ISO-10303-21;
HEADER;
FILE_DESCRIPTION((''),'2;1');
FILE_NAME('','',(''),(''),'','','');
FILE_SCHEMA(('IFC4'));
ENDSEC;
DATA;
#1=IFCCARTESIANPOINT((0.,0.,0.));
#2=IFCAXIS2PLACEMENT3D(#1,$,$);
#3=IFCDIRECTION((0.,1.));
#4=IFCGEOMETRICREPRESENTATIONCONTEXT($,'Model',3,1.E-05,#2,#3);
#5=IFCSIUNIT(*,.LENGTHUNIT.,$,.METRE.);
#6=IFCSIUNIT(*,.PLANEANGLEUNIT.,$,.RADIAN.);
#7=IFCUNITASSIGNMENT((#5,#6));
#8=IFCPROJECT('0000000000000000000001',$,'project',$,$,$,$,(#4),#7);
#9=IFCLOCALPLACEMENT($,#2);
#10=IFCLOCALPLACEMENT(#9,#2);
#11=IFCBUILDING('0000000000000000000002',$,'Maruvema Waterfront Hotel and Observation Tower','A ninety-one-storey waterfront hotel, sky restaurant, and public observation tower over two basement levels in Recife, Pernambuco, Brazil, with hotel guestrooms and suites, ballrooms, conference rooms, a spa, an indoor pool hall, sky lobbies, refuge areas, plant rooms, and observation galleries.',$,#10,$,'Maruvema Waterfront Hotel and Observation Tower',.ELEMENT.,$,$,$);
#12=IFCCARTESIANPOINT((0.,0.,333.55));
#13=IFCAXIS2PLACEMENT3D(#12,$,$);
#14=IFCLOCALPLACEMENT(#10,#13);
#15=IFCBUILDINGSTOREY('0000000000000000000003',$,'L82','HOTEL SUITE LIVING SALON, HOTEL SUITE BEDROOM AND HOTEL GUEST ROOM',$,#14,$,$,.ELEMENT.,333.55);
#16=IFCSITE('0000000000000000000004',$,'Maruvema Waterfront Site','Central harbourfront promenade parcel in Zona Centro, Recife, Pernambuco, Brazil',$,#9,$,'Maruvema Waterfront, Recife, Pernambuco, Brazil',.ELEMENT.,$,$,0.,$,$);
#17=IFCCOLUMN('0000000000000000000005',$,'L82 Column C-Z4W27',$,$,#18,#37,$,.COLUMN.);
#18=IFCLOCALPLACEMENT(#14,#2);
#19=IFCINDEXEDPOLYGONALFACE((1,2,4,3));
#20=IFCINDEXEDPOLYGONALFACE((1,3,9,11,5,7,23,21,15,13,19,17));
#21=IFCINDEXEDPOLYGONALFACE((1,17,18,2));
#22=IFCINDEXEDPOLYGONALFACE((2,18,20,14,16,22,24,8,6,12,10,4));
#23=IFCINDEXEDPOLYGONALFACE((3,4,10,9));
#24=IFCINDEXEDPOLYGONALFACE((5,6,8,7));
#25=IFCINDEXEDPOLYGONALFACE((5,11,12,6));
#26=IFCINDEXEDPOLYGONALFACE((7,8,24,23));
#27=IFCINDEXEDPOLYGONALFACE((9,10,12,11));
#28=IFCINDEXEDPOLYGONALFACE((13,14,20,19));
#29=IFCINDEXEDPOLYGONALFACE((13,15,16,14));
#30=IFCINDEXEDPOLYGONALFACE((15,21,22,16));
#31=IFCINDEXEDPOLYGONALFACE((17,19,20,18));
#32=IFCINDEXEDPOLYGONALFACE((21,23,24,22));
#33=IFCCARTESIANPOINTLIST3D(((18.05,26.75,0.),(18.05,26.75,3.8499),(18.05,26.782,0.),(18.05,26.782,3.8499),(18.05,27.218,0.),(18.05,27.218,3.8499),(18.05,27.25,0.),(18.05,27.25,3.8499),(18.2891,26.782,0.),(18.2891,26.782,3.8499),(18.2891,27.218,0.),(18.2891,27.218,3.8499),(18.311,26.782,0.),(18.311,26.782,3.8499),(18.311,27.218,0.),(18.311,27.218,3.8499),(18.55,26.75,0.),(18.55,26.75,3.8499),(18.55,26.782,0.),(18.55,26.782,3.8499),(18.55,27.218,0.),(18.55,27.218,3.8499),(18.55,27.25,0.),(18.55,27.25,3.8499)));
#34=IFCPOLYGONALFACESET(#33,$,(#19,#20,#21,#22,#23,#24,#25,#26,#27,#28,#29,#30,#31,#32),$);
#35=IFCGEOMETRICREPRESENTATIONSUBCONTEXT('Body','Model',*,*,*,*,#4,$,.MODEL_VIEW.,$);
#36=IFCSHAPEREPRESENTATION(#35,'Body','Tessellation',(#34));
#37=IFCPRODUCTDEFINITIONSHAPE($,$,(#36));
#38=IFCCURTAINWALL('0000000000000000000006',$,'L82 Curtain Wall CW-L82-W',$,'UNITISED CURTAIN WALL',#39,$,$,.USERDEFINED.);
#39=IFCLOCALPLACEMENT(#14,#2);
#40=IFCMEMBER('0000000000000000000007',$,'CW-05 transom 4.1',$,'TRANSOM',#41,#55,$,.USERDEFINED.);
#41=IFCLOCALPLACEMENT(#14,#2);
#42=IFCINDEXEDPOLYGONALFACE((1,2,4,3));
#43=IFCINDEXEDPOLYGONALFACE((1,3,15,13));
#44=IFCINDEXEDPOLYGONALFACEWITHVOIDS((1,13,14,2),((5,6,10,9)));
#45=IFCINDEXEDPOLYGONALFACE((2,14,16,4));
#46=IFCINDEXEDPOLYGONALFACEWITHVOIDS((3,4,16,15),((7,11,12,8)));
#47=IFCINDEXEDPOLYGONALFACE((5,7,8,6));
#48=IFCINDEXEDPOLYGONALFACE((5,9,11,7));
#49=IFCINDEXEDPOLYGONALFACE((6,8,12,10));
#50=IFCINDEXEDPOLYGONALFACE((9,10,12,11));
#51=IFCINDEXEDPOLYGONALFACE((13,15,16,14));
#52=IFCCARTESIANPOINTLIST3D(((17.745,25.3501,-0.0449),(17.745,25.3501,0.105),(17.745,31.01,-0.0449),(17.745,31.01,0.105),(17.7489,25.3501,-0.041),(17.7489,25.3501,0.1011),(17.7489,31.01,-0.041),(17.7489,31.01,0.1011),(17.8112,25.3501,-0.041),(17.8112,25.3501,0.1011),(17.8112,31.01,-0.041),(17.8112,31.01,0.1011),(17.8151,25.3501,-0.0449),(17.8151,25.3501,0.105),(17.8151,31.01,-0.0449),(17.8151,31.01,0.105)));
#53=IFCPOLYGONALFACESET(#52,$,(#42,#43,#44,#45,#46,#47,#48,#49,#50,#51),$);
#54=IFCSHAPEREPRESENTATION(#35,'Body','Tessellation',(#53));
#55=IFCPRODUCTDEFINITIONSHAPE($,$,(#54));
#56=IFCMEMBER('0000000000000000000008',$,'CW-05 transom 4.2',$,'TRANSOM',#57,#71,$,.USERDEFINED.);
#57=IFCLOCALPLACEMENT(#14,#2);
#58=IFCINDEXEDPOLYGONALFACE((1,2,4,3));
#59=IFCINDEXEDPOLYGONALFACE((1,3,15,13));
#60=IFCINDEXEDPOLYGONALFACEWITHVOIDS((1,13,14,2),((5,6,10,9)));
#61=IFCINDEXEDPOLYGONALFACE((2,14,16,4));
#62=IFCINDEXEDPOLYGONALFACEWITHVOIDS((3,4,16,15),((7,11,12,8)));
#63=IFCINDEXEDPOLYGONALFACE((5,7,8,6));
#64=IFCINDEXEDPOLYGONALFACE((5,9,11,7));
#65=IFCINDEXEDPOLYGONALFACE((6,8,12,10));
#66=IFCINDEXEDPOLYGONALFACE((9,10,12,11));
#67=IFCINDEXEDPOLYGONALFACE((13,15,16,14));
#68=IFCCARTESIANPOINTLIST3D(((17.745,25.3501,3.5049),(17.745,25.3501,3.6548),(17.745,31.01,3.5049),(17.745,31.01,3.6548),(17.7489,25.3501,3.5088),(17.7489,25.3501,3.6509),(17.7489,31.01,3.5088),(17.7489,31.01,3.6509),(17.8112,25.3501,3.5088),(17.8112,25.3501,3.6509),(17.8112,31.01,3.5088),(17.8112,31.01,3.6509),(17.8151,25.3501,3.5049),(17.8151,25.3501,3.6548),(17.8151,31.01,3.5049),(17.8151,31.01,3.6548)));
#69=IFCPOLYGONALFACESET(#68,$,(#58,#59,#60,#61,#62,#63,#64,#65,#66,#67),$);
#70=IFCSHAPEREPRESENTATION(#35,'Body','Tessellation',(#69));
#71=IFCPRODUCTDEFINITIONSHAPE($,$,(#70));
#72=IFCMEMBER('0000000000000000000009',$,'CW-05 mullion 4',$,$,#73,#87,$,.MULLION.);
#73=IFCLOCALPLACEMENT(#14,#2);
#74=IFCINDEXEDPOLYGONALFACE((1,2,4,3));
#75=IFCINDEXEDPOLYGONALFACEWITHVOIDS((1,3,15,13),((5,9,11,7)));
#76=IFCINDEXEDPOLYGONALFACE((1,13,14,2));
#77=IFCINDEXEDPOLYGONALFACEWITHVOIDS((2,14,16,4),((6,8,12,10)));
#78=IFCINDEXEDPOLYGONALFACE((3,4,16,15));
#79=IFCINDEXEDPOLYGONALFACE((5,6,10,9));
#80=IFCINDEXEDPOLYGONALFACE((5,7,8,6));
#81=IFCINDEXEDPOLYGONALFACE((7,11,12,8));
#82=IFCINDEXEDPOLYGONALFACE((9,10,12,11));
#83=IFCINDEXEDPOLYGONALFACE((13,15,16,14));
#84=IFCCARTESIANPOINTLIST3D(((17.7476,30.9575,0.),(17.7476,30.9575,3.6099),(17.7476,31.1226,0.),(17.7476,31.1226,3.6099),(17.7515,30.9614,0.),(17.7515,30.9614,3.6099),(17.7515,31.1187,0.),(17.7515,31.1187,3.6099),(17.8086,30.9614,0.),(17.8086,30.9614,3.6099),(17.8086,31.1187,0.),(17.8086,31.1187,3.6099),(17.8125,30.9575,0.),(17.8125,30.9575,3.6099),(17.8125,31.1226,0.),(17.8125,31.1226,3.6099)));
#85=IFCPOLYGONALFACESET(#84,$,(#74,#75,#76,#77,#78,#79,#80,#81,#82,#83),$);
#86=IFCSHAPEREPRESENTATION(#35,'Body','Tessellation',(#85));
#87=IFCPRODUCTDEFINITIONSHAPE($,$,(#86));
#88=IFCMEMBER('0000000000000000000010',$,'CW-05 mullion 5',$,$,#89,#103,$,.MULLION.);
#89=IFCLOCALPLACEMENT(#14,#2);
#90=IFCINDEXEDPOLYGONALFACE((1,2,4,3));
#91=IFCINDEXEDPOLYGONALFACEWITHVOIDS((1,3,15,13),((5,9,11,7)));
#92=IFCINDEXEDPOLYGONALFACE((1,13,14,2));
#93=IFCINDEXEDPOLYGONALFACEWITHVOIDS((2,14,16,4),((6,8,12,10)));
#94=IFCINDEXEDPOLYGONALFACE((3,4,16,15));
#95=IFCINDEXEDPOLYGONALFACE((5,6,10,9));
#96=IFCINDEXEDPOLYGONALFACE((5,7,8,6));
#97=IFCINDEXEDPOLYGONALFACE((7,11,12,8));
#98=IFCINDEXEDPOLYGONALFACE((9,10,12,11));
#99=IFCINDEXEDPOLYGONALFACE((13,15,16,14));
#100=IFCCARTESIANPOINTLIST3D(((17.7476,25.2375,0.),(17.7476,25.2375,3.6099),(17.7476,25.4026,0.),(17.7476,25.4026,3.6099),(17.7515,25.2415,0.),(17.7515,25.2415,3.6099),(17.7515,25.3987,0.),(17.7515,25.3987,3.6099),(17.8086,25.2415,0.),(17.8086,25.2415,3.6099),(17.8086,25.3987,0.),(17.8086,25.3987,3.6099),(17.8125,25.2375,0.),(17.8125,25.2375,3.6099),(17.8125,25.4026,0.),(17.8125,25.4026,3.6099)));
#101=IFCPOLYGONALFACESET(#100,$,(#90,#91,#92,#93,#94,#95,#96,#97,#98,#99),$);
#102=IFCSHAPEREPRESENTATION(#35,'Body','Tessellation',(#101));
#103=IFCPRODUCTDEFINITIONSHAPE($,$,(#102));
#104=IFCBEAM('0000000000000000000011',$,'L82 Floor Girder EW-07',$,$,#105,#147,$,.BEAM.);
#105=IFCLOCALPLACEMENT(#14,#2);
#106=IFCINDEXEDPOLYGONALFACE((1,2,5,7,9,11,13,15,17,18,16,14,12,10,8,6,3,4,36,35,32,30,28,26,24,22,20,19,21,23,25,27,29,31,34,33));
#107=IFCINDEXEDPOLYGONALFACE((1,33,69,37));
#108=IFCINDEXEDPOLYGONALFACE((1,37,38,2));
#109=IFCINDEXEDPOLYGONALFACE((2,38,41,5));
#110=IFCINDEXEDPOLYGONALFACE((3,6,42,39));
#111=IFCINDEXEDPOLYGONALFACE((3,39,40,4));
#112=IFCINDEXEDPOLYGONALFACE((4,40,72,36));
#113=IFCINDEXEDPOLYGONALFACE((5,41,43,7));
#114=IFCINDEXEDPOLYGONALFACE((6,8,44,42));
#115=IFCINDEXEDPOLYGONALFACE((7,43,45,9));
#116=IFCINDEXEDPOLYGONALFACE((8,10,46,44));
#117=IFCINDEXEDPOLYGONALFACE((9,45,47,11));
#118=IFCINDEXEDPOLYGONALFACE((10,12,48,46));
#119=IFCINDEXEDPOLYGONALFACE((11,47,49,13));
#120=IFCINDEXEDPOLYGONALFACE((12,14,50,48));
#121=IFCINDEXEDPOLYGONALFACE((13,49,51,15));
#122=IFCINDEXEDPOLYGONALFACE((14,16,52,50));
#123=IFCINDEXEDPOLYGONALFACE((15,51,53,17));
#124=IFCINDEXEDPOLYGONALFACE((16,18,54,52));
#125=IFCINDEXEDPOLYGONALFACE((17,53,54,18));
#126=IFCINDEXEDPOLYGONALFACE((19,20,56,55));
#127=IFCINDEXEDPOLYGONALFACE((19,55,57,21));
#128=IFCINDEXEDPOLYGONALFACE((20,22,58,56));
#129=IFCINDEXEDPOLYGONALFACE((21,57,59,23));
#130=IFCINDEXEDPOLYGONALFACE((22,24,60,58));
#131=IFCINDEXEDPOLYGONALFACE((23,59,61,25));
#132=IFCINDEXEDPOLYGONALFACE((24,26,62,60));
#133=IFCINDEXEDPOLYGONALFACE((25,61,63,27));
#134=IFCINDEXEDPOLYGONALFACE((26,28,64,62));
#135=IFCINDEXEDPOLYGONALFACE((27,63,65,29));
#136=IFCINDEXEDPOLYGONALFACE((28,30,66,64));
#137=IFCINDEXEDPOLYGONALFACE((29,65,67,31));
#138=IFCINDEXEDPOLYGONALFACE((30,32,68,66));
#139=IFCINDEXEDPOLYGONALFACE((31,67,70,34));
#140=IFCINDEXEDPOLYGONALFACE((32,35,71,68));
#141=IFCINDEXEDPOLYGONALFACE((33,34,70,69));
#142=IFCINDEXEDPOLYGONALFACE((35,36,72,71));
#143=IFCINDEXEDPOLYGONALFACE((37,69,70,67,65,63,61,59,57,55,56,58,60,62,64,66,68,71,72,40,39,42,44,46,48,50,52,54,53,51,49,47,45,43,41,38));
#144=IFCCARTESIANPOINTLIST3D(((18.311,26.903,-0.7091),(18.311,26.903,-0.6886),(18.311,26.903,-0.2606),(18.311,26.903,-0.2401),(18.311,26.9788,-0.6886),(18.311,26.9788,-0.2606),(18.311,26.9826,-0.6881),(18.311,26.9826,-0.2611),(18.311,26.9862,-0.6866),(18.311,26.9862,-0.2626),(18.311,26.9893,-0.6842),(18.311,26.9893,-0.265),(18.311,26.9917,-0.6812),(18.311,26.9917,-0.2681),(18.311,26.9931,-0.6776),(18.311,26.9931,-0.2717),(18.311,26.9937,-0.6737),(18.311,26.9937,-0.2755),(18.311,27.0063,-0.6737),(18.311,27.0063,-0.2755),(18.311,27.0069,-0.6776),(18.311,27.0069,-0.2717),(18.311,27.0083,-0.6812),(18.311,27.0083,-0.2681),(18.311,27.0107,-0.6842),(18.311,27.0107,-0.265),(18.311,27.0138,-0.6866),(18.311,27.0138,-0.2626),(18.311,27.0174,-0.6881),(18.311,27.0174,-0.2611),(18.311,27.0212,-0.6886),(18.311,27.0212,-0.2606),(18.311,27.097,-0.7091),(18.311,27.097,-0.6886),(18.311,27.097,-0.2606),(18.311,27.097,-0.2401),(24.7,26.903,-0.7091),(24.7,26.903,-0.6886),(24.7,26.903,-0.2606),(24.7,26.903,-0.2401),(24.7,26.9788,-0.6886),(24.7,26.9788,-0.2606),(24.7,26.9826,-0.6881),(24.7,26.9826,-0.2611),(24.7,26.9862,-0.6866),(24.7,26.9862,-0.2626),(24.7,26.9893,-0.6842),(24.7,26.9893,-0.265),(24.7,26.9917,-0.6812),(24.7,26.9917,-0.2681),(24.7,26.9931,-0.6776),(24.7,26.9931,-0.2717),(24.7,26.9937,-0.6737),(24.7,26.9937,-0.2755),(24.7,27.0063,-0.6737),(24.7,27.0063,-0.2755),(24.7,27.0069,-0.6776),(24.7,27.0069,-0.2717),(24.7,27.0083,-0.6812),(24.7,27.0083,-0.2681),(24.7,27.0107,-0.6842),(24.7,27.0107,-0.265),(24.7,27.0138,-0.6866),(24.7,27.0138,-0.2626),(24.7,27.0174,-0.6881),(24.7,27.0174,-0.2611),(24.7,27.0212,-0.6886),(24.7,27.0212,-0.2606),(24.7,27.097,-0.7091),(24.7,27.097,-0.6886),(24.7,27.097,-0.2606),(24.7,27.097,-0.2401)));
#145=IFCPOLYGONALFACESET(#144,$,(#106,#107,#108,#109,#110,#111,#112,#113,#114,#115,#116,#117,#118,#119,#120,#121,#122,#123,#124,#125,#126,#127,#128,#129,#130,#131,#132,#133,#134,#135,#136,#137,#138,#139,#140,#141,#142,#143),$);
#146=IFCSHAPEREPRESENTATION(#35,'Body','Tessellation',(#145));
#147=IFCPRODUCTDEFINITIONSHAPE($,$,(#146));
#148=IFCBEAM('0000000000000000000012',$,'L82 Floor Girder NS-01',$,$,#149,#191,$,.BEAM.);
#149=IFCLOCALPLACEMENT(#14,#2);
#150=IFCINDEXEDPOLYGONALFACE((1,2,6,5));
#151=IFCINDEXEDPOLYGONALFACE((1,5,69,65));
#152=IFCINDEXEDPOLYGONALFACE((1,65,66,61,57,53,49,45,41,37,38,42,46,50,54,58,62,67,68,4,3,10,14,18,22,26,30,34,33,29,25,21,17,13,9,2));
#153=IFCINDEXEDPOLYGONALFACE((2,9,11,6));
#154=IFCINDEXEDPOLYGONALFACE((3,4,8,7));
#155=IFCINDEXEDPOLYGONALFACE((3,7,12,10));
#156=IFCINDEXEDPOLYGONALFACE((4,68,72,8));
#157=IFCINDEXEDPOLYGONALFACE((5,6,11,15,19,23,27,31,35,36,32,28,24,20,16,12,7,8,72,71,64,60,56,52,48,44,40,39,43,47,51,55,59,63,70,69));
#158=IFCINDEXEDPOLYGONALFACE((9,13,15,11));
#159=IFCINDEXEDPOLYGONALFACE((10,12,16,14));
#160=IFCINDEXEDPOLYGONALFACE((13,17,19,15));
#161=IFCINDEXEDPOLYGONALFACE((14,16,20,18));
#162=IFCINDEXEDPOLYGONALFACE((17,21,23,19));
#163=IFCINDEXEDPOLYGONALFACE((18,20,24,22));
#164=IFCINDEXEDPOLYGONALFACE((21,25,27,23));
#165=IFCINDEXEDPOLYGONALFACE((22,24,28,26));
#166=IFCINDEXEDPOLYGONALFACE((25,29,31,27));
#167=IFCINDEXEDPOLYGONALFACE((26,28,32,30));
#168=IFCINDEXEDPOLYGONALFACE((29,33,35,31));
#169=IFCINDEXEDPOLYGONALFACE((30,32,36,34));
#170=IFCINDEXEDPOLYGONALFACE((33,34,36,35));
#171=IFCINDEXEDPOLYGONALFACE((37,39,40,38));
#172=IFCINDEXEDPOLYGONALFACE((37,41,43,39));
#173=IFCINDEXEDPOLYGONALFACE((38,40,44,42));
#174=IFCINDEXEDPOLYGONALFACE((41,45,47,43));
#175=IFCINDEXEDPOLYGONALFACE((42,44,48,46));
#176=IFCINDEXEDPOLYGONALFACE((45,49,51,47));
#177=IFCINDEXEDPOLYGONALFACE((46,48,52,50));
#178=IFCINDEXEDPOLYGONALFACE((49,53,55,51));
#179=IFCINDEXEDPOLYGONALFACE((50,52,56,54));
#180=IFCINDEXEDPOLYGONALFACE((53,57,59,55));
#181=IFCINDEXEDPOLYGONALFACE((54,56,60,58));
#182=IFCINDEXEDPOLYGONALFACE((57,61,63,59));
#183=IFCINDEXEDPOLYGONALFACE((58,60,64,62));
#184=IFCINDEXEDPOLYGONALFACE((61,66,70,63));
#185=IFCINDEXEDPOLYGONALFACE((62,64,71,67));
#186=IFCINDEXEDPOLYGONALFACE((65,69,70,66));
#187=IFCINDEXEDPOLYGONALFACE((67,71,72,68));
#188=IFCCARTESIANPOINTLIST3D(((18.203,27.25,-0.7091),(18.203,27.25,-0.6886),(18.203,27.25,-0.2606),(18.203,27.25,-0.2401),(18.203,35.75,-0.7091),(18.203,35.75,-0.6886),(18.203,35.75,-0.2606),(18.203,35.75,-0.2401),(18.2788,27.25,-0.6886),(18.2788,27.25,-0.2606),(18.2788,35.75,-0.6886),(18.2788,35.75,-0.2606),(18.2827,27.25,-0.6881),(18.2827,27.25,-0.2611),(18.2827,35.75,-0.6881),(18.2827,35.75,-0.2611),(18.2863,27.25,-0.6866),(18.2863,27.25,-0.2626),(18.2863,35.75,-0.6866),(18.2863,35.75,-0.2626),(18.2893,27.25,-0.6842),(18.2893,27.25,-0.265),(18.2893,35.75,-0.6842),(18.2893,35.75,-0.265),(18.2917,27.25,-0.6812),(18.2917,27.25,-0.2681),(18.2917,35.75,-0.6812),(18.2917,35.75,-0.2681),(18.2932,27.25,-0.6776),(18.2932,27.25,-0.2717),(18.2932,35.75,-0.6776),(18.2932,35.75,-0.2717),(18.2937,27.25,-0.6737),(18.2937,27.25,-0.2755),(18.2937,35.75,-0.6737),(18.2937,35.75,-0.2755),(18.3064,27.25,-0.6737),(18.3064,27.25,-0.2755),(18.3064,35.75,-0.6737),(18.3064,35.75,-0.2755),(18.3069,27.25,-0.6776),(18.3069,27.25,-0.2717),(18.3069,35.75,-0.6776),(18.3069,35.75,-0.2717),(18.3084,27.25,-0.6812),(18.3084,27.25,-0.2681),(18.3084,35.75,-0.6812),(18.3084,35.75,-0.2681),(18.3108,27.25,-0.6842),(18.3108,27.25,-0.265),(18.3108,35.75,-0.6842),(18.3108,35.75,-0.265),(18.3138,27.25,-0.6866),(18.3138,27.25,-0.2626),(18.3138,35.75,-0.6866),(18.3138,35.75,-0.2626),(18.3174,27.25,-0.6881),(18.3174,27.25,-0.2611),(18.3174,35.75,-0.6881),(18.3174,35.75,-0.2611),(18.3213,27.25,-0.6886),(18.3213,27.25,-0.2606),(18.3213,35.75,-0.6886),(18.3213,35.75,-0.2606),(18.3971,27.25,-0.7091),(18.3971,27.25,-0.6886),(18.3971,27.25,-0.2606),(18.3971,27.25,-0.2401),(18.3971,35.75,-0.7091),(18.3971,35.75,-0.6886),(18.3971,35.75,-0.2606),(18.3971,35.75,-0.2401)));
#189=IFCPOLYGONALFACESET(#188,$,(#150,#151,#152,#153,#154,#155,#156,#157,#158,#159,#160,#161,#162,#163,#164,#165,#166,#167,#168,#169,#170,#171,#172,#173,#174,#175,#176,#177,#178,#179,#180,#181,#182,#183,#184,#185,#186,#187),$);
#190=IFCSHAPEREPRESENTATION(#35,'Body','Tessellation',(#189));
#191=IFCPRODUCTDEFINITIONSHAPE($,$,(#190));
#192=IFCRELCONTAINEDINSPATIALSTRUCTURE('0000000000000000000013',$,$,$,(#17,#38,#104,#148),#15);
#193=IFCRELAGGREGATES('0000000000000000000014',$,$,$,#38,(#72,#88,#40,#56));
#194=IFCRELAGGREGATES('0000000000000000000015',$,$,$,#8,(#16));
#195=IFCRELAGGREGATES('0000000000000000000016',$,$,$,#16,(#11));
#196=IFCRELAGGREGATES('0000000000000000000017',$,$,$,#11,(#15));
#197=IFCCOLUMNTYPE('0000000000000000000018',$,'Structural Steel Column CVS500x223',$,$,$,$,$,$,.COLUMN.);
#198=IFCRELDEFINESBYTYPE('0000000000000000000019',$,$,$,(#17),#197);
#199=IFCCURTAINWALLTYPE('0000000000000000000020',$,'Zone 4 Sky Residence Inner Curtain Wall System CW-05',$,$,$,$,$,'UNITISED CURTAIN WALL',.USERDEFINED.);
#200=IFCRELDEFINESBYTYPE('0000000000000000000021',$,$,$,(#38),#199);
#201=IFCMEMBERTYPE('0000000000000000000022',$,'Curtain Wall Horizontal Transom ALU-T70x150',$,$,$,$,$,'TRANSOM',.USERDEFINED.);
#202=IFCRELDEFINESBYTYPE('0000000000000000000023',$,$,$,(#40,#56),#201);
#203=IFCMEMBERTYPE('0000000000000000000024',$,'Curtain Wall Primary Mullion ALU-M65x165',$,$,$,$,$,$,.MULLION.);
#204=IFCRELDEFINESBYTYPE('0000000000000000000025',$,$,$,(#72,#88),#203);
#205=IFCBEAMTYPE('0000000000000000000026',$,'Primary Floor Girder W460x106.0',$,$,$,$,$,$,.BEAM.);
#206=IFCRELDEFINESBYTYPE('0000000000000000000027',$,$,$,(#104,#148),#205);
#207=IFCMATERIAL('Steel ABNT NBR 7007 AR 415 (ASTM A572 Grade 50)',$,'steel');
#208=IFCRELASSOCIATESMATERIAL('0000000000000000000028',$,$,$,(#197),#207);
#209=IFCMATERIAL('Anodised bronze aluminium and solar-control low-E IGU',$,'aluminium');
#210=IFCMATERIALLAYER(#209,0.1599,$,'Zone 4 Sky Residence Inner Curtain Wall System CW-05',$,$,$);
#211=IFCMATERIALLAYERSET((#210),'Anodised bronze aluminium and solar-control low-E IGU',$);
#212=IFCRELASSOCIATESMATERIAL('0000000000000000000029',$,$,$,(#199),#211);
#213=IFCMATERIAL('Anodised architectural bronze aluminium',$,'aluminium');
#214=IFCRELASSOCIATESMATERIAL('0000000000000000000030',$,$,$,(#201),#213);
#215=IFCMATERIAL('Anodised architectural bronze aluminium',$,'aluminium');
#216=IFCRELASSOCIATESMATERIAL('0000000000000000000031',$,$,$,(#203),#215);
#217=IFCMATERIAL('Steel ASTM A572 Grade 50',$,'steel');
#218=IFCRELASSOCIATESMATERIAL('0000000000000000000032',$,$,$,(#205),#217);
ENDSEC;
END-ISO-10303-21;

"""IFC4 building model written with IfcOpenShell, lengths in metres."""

from ifc_helpers import new_model, si_unit, direction, frame, origin, origin_2d, place, context, subcontext, project, spatial, hollow_rectangle, i_section, extrude, material, layer, layer_set, material_profile, profile_set, type_object, element, aggregate, save


model = new_model("IFC4")

# Units and contexts
model_context = context("Model", 3, precision=1e-05, world=origin(), true_north=direction((0.0, 1.0)))
body_context = subcontext(model_context, "Body", "Model", "MODEL_VIEW")
ifc_project = project(units=[si_unit("LENGTHUNIT", "METRE"), si_unit("PLANEANGLEUNIT", "RADIAN")], contexts=[model_context])

# Site, building, storey
site_placement = place(None, origin())
site = spatial("IfcSite", under=ifc_project, at=site_placement, Name="Maruvema Waterfront Site", Description="Central harbourfront promenade parcel in Zona Centro, Recife, Pernambuco, Brazil", LongName="Maruvema Waterfront, Recife, Pernambuco, Brazil", CompositionType="ELEMENT", RefElevation=0.0)
building_placement = place(site_placement, origin())
building = spatial("IfcBuilding", under=site, at=building_placement, Name="Maruvema Waterfront Hotel and Observation Tower", Description="A ninety-one-storey waterfront hotel, sky restaurant, and public observation tower over two basement levels in Recife, Pernambuco, Brazil, with hotel guestrooms and suites, ballrooms, conference rooms, a spa, an indoor pool hall, sky lobbies, refuge areas, plant rooms, and observation galleries.", LongName="Maruvema Waterfront Hotel and Observation Tower", CompositionType="ELEMENT")
storey_placement = place(building_placement, frame((0.0, 0.0, 333.55)))
storey = spatial("IfcBuildingStorey", under=building, at=storey_placement, Name="L82", Description="HOTEL SUITE LIVING SALON, HOTEL SUITE BEDROOM AND HOTEL GUEST ROOM", CompositionType="ELEMENT", Elevation=333.55)

# Column
ifc_material_1 = material(Name="Steel ABNT NBR 7007 AR 415 (ASTM A572 Grade 50)", Category="steel")
ifc_material_profile_1 = material_profile(ifc_material_1, i_section(OverallWidth=0.5, OverallDepth=0.5, WebThickness=0.022, FlangeThickness=0.032, at=origin_2d()), Name="CVS500x223")
ifc_profile_set_1 = profile_set([ifc_material_profile_1], Name="Steel ABNT NBR 7007 AR 415 (ASTM A572 Grade 50)")
column_type = type_object("IfcColumnType", Name="Structural Steel Column CVS500x223", PredefinedType="COLUMN", material=ifc_profile_set_1)
column_placement = place(storey_placement, frame((18.3, 27.0, 0.0), z_axis=(0.0, 0.0, 1.0), x_axis=(1.0, 0.0, 0.0)))
element("IfcColumn", 1, at=column_placement, inside=storey, type_object=column_type, Name="L82 Column C-Z4W27", PredefinedType="COLUMN", context=body_context, shape_type="SweptSolid", body=[
    extrude(i_section(OverallWidth=0.5, OverallDepth=0.5, WebThickness=0.022, FlangeThickness=0.032, at=origin_2d()), origin(), (0.0, 0.0, 1.0), 3.8499),
])

# Curtain wall, members
ifc_material_2 = material(Name="Anodised bronze aluminium and solar-control low-E IGU", Category="aluminium")
ifc_layer_1 = layer(ifc_material_2, 0.1599, Name="Zone 4 Sky Residence Inner Curtain Wall System CW-05")
ifc_layer_set_1 = layer_set([ifc_layer_1], Name="Anodised bronze aluminium and solar-control low-E IGU")
curtain_wall_type = type_object("IfcCurtainWallType", Name="Zone 4 Sky Residence Inner Curtain Wall System CW-05", ElementType="UNITISED CURTAIN WALL", PredefinedType="USERDEFINED", material=ifc_layer_set_1)
curtain_wall_placement = place(storey_placement, origin())
curtain_wall = element("IfcCurtainWall", 2, at=curtain_wall_placement, inside=storey, type_object=curtain_wall_type, Name="L82 Curtain Wall CW-L82-W", ObjectType="UNITISED CURTAIN WALL", PredefinedType="USERDEFINED")
ifc_material_3 = material(Name="Anodised architectural bronze aluminium", Category="aluminium")
ifc_material_profile_2 = material_profile(ifc_material_3, hollow_rectangle(XDim=0.0701, YDim=0.1499, WallThickness=0.0039, at=origin_2d()), Name="ALU-T70x150")
ifc_profile_set_2 = profile_set([ifc_material_profile_2], Name="Anodised architectural bronze aluminium")
member_type_1 = type_object("IfcMemberType", Name="Curtain Wall Horizontal Transom ALU-T70x150", ElementType="TRANSOM", PredefinedType="USERDEFINED", material=ifc_profile_set_2)
member_1_placement = place(storey_placement, frame((17.78, 31.01, 0.03), z_axis=(0.0, -1.0, 0.0), x_axis=(1.0, 0.0, 0.0)))
member_1 = element("IfcMember", 3, at=member_1_placement, type_object=member_type_1, Name="CW-05 transom 4.1", ObjectType="TRANSOM", PredefinedType="USERDEFINED", context=body_context, shape_type="SweptSolid", body=[
    extrude(hollow_rectangle(XDim=0.0701, YDim=0.1499, WallThickness=0.0039, at=origin_2d()), origin(), (0.0, 0.0, 1.0), 5.6599),
])
member_2_placement = place(storey_placement, frame((17.78, 31.01, 3.5798), z_axis=(0.0, -1.0, 0.0), x_axis=(1.0, 0.0, 0.0)))
member_2 = element("IfcMember", 4, at=member_2_placement, type_object=member_type_1, Name="CW-05 transom 4.2", ObjectType="TRANSOM", PredefinedType="USERDEFINED", context=body_context, shape_type="SweptSolid", body=[
    extrude(hollow_rectangle(XDim=0.0701, YDim=0.1499, WallThickness=0.0039, at=origin_2d()), origin(), (0.0, 0.0, 1.0), 5.6599),
])
ifc_material_4 = material(Name="Anodised architectural bronze aluminium", Category="aluminium")
ifc_material_profile_3 = material_profile(ifc_material_4, hollow_rectangle(XDim=0.0649, YDim=0.165, WallThickness=0.0039, at=origin_2d()), Name="ALU-M65x165")
ifc_profile_set_3 = profile_set([ifc_material_profile_3], Name="Anodised architectural bronze aluminium")
member_type_2 = type_object("IfcMemberType", Name="Curtain Wall Primary Mullion ALU-M65x165", PredefinedType="MULLION", material=ifc_profile_set_3)
member_3_placement = place(storey_placement, frame((17.78, 31.04, 0.0), z_axis=(0.0, 0.0, 1.0), x_axis=(1.0, 0.0, 0.0)))
member_3 = element("IfcMember", 5, at=member_3_placement, type_object=member_type_2, Name="CW-05 mullion 4", PredefinedType="MULLION", context=body_context, shape_type="SweptSolid", body=[
    extrude(hollow_rectangle(XDim=0.0649, YDim=0.165, WallThickness=0.0039, at=origin_2d()), origin(), (0.0, 0.0, 1.0), 3.6099),
])
member_4_placement = place(storey_placement, frame((17.78, 25.3201, 0.0), z_axis=(0.0, 0.0, 1.0), x_axis=(1.0, 0.0, 0.0)))
member_4 = element("IfcMember", 6, at=member_4_placement, type_object=member_type_2, Name="CW-05 mullion 5", PredefinedType="MULLION", context=body_context, shape_type="SweptSolid", body=[
    extrude(hollow_rectangle(XDim=0.0649, YDim=0.165, WallThickness=0.0039, at=origin_2d()), origin(), (0.0, 0.0, 1.0), 3.6099),
])

# Beams
ifc_material_5 = material(Name="Steel ASTM A572 Grade 50", Category="steel")
ifc_material_profile_4 = material_profile(ifc_material_5, i_section(OverallWidth=0.1941, OverallDepth=0.469, WebThickness=0.0127, FlangeThickness=0.0205, FilletRadius=0.0149, at=origin_2d()), Name="W460x106.0")
ifc_profile_set_4 = profile_set([ifc_material_profile_4], Name="Steel ASTM A572 Grade 50")
beam_type_1 = type_object("IfcBeamType", Name="Primary Floor Girder W460x106.0", PredefinedType="BEAM", material=ifc_profile_set_4)
beam_1_placement = place(storey_placement, frame((18.311, 27.0, -0.4746), z_axis=(1.0, 0.0, 0.0), x_axis=(0.0, 1.0, 0.0)))
element("IfcBeam", 7, at=beam_1_placement, inside=storey, type_object=beam_type_1, Name="L82 Floor Girder EW-07", PredefinedType="BEAM", context=body_context, shape_type="SweptSolid", body=[
    extrude(i_section(OverallWidth=0.1941, OverallDepth=0.469, WebThickness=0.0127, FlangeThickness=0.0205, FilletRadius=0.0149, at=origin_2d()), origin(), (0.0, 0.0, 1.0), 6.3889),
])
beam_2_placement = place(storey_placement, frame((18.3, 27.25, -0.4746), z_axis=(0.0, 1.0, 0.0), x_axis=(-1.0, 0.0, 0.0)))
element("IfcBeam", 8, at=beam_2_placement, inside=storey, type_object=beam_type_1, Name="L82 Floor Girder NS-01", PredefinedType="BEAM", context=body_context, shape_type="SweptSolid", body=[
    extrude(i_section(OverallWidth=0.1941, OverallDepth=0.469, WebThickness=0.0127, FlangeThickness=0.0205, FilletRadius=0.0149, at=origin_2d()), origin(), (0.0, 0.0, 1.0), 8.5),
])

aggregate(curtain_wall, [member_3, member_4, member_1, member_2])

save(model, "model.ifc")
